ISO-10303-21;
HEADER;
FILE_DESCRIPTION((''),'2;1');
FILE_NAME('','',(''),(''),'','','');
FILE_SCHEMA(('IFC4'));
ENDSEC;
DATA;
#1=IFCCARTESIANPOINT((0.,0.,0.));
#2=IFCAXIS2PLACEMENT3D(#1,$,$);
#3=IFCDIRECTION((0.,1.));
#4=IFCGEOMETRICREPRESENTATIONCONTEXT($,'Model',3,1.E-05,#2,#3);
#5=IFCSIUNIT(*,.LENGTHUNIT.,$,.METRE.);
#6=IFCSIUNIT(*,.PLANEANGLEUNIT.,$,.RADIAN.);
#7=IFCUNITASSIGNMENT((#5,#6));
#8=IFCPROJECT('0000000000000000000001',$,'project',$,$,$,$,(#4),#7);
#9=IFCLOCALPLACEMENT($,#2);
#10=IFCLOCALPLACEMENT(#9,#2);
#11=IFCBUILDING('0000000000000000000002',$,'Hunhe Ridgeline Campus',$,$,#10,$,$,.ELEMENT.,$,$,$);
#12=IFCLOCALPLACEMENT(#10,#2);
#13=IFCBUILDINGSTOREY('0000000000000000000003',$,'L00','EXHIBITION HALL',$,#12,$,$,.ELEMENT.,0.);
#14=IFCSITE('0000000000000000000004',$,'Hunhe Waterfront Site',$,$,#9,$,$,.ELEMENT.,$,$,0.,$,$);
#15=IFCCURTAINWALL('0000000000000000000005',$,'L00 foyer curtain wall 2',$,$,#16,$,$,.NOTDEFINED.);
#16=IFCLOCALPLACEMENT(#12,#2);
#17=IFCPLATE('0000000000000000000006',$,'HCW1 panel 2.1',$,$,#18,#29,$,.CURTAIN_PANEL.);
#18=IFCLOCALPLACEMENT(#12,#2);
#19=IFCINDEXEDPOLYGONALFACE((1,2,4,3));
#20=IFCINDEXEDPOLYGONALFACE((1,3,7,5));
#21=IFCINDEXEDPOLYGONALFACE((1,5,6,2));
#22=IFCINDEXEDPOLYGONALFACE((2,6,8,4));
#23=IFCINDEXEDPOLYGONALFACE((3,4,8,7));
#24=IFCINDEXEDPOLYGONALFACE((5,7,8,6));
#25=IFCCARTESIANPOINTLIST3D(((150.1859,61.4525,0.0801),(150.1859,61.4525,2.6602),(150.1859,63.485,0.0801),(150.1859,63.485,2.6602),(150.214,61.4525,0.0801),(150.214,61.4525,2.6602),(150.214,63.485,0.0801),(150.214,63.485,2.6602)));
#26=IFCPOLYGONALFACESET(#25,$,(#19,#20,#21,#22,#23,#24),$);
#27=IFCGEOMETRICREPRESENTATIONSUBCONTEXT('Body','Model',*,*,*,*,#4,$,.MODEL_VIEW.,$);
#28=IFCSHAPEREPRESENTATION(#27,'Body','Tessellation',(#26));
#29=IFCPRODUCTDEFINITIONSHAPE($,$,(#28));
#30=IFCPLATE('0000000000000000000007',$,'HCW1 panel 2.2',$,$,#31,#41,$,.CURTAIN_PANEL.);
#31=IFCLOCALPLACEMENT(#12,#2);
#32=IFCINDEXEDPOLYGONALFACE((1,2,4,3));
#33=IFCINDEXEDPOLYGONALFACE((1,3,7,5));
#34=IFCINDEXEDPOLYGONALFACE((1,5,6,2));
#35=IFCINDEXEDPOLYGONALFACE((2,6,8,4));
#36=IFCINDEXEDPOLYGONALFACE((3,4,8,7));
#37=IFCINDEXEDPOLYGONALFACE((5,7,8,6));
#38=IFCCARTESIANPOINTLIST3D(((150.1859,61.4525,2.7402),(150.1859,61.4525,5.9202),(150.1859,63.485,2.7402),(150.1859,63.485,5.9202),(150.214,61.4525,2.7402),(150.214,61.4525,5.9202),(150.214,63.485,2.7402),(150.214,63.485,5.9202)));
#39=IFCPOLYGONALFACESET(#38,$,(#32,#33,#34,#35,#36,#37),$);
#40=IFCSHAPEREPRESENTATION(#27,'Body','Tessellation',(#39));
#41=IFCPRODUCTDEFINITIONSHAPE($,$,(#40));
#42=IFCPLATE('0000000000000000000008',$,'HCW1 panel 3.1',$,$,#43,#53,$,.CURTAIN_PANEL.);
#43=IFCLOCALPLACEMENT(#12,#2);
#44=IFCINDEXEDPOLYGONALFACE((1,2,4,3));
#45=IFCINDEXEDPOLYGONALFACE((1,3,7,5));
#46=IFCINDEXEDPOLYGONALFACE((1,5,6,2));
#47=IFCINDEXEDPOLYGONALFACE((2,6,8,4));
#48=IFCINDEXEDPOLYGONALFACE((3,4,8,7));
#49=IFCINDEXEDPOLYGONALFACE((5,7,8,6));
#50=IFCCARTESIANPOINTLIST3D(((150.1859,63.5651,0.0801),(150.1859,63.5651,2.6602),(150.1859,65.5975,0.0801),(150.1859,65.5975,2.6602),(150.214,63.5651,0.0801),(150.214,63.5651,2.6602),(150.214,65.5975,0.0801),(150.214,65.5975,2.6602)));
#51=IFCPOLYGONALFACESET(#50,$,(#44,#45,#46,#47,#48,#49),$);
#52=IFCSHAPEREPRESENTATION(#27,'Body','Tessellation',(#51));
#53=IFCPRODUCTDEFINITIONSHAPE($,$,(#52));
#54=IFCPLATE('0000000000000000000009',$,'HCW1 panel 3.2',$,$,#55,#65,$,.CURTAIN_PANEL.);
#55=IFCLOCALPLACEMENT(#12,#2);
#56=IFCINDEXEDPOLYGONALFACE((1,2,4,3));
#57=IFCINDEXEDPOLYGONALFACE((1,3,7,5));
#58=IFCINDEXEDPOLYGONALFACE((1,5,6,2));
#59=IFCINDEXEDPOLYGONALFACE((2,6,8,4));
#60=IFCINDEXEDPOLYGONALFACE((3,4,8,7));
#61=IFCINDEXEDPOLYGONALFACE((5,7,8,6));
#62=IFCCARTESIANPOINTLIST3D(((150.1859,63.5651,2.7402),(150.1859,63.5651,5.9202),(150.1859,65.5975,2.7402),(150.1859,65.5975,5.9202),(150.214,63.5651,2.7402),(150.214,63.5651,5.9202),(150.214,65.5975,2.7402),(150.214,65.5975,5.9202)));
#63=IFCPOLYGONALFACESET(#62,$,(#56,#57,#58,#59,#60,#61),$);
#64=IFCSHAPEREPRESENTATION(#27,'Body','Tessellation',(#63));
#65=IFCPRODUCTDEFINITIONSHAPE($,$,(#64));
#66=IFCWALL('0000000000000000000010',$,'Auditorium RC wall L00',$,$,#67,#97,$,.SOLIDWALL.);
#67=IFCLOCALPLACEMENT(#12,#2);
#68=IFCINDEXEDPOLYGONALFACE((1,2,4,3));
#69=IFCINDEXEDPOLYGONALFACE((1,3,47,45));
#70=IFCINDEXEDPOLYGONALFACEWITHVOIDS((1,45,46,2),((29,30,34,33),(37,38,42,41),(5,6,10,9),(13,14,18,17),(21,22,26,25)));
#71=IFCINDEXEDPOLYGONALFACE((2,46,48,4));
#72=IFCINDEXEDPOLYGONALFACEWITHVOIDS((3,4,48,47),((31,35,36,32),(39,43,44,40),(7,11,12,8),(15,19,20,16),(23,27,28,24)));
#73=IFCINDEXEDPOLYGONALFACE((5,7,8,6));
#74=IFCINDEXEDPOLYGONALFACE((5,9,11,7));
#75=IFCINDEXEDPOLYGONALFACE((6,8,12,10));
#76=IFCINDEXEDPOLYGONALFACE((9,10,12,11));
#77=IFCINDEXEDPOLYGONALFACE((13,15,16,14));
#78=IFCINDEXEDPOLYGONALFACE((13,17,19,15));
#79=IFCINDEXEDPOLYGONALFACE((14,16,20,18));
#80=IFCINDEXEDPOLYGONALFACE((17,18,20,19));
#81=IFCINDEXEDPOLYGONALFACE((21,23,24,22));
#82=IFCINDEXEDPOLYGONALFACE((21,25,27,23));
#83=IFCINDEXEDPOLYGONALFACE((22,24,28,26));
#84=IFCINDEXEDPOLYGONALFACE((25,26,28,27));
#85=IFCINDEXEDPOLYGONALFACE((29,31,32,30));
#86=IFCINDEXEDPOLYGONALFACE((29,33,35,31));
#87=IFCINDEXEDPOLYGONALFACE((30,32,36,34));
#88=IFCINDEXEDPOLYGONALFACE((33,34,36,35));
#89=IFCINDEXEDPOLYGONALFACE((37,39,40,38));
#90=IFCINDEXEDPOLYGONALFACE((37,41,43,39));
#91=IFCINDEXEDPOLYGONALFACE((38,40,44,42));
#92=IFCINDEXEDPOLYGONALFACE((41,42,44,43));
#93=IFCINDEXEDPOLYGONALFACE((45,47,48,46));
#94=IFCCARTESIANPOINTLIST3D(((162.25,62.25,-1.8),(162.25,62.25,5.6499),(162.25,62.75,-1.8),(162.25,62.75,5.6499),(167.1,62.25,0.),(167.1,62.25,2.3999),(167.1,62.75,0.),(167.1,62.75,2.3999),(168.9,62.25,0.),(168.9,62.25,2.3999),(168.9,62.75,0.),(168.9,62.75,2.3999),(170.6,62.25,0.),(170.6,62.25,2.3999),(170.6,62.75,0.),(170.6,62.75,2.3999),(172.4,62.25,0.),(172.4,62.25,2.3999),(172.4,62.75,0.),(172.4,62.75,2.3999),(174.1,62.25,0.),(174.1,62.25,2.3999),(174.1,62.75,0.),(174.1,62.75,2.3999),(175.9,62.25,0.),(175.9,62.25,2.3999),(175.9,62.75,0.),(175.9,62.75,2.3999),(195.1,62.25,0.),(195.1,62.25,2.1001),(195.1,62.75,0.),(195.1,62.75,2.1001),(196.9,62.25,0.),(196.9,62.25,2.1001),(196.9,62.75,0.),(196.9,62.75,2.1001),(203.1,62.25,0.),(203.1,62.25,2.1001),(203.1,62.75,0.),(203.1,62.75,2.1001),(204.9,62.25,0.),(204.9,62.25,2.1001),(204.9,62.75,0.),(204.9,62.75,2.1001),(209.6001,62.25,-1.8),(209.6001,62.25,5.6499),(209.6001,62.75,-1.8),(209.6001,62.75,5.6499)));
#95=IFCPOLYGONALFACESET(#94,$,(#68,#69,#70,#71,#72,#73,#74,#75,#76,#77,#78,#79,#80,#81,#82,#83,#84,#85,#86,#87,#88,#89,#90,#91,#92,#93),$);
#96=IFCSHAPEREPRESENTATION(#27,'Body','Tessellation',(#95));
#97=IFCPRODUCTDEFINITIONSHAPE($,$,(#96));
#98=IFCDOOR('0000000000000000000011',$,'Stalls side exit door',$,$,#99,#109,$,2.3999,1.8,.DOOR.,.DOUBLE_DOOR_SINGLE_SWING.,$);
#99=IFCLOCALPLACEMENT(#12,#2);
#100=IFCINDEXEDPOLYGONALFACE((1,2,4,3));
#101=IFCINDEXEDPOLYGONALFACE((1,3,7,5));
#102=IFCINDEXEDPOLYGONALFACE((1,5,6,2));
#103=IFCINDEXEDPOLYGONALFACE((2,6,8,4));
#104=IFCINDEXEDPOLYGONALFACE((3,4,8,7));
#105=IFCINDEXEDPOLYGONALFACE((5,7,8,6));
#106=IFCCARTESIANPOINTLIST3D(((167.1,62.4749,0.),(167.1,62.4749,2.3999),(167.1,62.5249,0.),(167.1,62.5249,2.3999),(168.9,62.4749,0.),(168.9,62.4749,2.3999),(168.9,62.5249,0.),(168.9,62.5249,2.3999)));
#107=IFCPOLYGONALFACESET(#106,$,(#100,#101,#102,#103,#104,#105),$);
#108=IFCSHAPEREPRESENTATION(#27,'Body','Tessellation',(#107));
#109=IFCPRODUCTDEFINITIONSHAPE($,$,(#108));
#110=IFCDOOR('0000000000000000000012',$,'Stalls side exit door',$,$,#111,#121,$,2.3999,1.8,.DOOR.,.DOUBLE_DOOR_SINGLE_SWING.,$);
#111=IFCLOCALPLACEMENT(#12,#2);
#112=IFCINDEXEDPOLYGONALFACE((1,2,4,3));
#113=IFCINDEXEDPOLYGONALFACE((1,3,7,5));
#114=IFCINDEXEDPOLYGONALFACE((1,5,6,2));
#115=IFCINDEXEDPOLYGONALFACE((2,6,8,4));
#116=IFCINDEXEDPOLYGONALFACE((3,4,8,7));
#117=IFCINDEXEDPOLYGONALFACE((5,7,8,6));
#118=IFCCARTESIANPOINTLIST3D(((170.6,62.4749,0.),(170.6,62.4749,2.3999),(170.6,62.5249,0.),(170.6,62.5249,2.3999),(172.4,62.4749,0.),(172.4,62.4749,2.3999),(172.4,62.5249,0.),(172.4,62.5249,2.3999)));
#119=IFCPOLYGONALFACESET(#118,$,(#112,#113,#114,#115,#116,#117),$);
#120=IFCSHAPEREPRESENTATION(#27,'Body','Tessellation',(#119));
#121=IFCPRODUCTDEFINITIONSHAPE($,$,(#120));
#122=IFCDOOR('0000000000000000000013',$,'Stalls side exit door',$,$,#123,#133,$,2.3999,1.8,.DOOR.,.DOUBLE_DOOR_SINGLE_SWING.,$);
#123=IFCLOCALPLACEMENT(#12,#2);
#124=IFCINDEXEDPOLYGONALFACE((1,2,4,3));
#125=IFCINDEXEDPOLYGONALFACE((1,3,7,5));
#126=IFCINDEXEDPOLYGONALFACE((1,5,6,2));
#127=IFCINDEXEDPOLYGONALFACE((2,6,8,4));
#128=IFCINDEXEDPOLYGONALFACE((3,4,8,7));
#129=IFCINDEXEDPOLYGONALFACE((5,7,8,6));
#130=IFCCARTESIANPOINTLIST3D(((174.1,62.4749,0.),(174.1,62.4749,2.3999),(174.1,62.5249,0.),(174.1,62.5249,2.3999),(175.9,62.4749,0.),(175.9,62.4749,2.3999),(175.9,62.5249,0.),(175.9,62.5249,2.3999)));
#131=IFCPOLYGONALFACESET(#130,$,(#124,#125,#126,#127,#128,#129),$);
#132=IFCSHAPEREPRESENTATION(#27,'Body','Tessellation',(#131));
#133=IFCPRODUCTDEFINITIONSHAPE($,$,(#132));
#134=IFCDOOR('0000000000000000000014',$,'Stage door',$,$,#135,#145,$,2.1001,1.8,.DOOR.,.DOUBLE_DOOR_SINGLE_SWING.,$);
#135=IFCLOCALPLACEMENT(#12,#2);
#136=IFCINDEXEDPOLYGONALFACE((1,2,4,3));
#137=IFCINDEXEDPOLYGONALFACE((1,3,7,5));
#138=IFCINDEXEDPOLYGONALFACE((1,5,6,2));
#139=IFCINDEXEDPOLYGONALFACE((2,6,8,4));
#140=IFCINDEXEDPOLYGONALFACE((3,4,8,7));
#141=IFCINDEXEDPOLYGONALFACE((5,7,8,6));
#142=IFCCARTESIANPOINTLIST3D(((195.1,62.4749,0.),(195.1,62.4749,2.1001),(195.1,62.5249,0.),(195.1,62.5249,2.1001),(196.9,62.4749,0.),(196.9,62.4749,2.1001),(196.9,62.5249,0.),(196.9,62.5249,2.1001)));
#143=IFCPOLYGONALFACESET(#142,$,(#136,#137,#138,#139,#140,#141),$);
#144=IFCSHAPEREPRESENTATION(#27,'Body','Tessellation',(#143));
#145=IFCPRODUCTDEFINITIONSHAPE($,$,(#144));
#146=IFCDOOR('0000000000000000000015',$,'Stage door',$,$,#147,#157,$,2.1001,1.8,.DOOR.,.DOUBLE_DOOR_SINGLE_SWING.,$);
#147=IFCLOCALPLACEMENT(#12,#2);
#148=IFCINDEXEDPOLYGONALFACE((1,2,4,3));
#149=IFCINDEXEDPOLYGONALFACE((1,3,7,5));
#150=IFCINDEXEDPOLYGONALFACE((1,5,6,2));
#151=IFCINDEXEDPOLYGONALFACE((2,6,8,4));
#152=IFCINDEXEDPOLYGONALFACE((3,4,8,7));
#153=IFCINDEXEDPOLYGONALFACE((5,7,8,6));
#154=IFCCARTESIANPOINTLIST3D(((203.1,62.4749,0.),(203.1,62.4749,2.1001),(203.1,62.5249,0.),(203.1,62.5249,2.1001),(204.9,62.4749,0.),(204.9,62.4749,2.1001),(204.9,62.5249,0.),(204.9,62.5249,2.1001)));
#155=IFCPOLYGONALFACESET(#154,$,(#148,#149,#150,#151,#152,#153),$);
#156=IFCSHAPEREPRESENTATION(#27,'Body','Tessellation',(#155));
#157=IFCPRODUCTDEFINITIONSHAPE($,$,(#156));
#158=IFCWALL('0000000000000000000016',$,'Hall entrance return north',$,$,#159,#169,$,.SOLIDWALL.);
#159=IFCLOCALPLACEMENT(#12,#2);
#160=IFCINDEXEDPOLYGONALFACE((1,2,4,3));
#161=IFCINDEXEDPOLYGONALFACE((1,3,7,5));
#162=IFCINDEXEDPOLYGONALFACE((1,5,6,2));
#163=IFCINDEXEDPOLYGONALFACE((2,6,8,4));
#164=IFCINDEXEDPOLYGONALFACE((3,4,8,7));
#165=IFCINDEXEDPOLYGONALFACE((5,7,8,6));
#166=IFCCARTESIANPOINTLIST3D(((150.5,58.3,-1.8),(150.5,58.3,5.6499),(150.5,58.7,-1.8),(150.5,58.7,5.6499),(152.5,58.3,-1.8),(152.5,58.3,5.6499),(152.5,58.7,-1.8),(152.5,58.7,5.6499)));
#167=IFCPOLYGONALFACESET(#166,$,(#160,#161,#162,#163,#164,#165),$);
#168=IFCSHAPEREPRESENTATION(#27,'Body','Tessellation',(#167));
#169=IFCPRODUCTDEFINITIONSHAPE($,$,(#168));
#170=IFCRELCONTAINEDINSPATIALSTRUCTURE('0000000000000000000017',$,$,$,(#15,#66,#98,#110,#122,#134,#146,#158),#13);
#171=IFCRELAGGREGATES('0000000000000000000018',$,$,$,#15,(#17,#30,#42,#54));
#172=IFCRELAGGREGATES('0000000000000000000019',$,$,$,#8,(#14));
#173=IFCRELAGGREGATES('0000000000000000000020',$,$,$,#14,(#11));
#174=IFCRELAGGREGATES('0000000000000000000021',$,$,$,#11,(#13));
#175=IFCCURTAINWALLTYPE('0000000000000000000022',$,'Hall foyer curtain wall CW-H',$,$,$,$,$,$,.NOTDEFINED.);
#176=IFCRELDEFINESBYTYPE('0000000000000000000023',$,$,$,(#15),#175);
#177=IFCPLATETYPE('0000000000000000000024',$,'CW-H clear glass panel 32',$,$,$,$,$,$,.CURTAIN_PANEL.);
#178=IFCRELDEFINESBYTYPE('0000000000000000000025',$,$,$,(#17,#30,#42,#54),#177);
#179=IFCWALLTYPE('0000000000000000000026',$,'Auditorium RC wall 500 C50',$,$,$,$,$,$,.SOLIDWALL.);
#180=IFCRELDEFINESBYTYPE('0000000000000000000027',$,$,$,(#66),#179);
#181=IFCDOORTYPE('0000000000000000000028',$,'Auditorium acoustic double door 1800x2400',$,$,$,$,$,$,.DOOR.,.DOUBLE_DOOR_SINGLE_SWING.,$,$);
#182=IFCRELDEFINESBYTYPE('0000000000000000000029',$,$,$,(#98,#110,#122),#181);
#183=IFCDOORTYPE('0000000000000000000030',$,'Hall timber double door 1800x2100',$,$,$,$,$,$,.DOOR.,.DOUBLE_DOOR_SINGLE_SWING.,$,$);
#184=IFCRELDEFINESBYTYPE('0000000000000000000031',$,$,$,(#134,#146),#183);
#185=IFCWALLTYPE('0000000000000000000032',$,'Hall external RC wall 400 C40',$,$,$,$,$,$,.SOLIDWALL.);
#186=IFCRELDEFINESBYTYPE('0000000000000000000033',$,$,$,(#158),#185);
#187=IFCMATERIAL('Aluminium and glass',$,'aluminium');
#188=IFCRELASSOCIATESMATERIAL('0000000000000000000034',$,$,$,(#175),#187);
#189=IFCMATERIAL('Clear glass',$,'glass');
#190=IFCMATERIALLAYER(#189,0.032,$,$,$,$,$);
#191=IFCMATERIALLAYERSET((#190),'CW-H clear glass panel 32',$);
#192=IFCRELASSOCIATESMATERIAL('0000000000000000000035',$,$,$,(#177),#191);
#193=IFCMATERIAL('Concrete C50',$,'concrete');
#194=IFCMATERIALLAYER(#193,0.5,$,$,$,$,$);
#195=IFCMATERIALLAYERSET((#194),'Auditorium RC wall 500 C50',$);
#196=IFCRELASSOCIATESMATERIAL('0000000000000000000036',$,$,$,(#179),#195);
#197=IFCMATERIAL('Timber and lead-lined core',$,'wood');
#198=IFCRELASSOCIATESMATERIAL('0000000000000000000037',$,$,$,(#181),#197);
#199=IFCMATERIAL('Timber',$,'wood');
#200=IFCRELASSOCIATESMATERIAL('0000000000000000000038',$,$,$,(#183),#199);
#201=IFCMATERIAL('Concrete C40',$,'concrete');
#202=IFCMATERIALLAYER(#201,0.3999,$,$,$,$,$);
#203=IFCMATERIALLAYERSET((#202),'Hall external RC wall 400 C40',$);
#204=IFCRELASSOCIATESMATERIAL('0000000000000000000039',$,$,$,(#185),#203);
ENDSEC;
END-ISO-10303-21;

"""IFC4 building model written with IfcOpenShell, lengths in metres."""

from ifc_helpers import new_model, si_unit, direction, frame, frame_2d, origin, origin_2d, place, context, subcontext, project, spatial, rectangle, extrude, material, layer, layer_set, type_object, element, fill, aggregate, save


model = new_model("IFC4")

# Units and contexts
model_context = context("Model", 3, precision=1e-05, world=origin(), true_north=direction((0.0, 1.0)))
body_context = subcontext(model_context, "Body", "Model", "MODEL_VIEW")
ifc_project = project(units=[si_unit("LENGTHUNIT", "METRE"), si_unit("PLANEANGLEUNIT", "RADIAN")], contexts=[model_context])

# Site, building, storey
site_placement = place(None, origin())
site = spatial("IfcSite", under=ifc_project, at=site_placement, Name="Hunhe Waterfront Site", CompositionType="ELEMENT", RefElevation=0.0)
building_placement = place(site_placement, origin())
building = spatial("IfcBuilding", under=site, at=building_placement, Name="Hunhe Ridgeline Campus", CompositionType="ELEMENT")
storey_placement = place(building_placement, origin())
storey = spatial("IfcBuildingStorey", under=building, at=storey_placement, Name="L00", Description="EXHIBITION HALL", CompositionType="ELEMENT", Elevation=0.0)

# Shared definitions
ifc_material_1 = material(Name="Concrete C50", Category="concrete")

# Curtain wall, plates
ifc_material_2 = material(Name="Aluminium and glass", Category="aluminium")
curtain_wall_type = type_object("IfcCurtainWallType", Name="Hall foyer curtain wall CW-H", PredefinedType="NOTDEFINED", material=ifc_material_2)
curtain_wall_placement = place(storey_placement, origin())
curtain_wall = element("IfcCurtainWall", 1, at=curtain_wall_placement, inside=storey, type_object=curtain_wall_type, Name="L00 foyer curtain wall 2", PredefinedType="NOTDEFINED")
ifc_material_3 = material(Name="Clear glass", Category="glass")
ifc_layer_1 = layer(ifc_material_3, 0.032)
ifc_layer_set_1 = layer_set([ifc_layer_1], Name="CW-H clear glass panel 32")
plate_type = type_object("IfcPlateType", Name="CW-H clear glass panel 32", PredefinedType="CURTAIN_PANEL", material=ifc_layer_set_1)
plate_1_placement = place(storey_placement, frame((150.2, 62.4688, 0.0801), z_axis=(0.0, 0.0, 1.0), x_axis=(0.0, 1.0, 0.0)))
plate_1 = element("IfcPlate", 2, at=plate_1_placement, type_object=plate_type, Name="HCW1 panel 2.1", PredefinedType="CURTAIN_PANEL", context=body_context, shape_type="SweptSolid", body=[
    extrude(rectangle(XDim=2.0325, YDim=0.0281, at=origin_2d()), origin(), (0.0, 0.0, 1.0), 2.5801),
])
plate_2_placement = place(storey_placement, frame((150.2, 62.4688, 2.7402), z_axis=(0.0, 0.0, 1.0), x_axis=(0.0, 1.0, 0.0)))
plate_2 = element("IfcPlate", 3, at=plate_2_placement, type_object=plate_type, Name="HCW1 panel 2.2", PredefinedType="CURTAIN_PANEL", context=body_context, shape_type="SweptSolid", body=[
    extrude(rectangle(XDim=2.0325, YDim=0.0281, at=origin_2d()), origin(), (0.0, 0.0, 1.0), 3.1799),
])
plate_3_placement = place(storey_placement, frame((150.2, 64.5813, 0.0801), z_axis=(0.0, 0.0, 1.0), x_axis=(0.0, 1.0, 0.0)))
plate_3 = element("IfcPlate", 4, at=plate_3_placement, type_object=plate_type, Name="HCW1 panel 3.1", PredefinedType="CURTAIN_PANEL", context=body_context, shape_type="SweptSolid", body=[
    extrude(rectangle(XDim=2.0325, YDim=0.0281, at=origin_2d()), origin(), (0.0, 0.0, 1.0), 2.5801),
])
plate_4_placement = place(storey_placement, frame((150.2, 64.5813, 2.7402), z_axis=(0.0, 0.0, 1.0), x_axis=(0.0, 1.0, 0.0)))
plate_4 = element("IfcPlate", 5, at=plate_4_placement, type_object=plate_type, Name="HCW1 panel 3.2", PredefinedType="CURTAIN_PANEL", context=body_context, shape_type="SweptSolid", body=[
    extrude(rectangle(XDim=2.0325, YDim=0.0281, at=origin_2d()), origin(), (0.0, 0.0, 1.0), 3.1799),
])
aggregate(curtain_wall, [plate_1, plate_2, plate_3, plate_4])

# Wall, openings, doors
ifc_layer_2 = layer(ifc_material_1, 0.5)
ifc_layer_set_2 = layer_set([ifc_layer_2], Name="Auditorium RC wall 500 C50")
wall_type_1 = type_object("IfcWallType", Name="Auditorium RC wall 500 C50", PredefinedType="SOLIDWALL", material=ifc_layer_set_2)
wall_1_placement = place(storey_placement, frame((162.25, 62.5, -1.8), z_axis=(0.0, 0.0, 1.0), x_axis=(1.0, 0.0, 0.0)))
wall_1 = element("IfcWall", 6, at=wall_1_placement, inside=storey, type_object=wall_type_1, Name="Auditorium RC wall L00", PredefinedType="SOLIDWALL", context=body_context, shape_type="SweptSolid", body=[
    extrude(rectangle(XDim=47.3501, YDim=0.5, at=frame_2d((23.675, 0.0))), origin(), (0.0, 0.0, 1.0), 7.45),
])
opening_1_placement = place(wall_1_placement, frame((4.8501, 0.0, 1.8)))
opening_1 = element("IfcOpeningElement", 7, at=opening_1_placement, cuts=wall_1, PredefinedType="OPENING", context=body_context, shape_type="SweptSolid", body=[
    extrude(rectangle(XDim=1.8, YDim=2.3999, at=frame_2d((0.8999, 1.2))), frame((0.0, 0.25, 0.0), z_axis=(0.0, -1.0, 0.0), x_axis=(1.0, 0.0, 0.0)), (0.0, 0.0, 1.0), 0.5),
])
opening_2_placement = place(wall_1_placement, frame((8.3501, 0.0, 1.8)))
opening_2 = element("IfcOpeningElement", 8, at=opening_2_placement, cuts=wall_1, PredefinedType="OPENING", context=body_context, shape_type="SweptSolid", body=[
    extrude(rectangle(XDim=1.8, YDim=2.3999, at=frame_2d((0.8999, 1.2))), frame((0.0, 0.25, 0.0), z_axis=(0.0, -1.0, 0.0), x_axis=(1.0, 0.0, 0.0)), (0.0, 0.0, 1.0), 0.5),
])
opening_3_placement = place(wall_1_placement, frame((11.8501, 0.0, 1.8)))
opening_3 = element("IfcOpeningElement", 9, at=opening_3_placement, cuts=wall_1, PredefinedType="OPENING", context=body_context, shape_type="SweptSolid", body=[
    extrude(rectangle(XDim=1.8, YDim=2.3999, at=frame_2d((0.8999, 1.2))), frame((0.0, 0.25, 0.0), z_axis=(0.0, -1.0, 0.0), x_axis=(1.0, 0.0, 0.0)), (0.0, 0.0, 1.0), 0.5),
])
opening_4_placement = place(wall_1_placement, frame((32.8501, 0.0, 1.8)))
opening_4 = element("IfcOpeningElement", 10, at=opening_4_placement, cuts=wall_1, PredefinedType="OPENING", context=body_context, shape_type="SweptSolid", body=[
    extrude(rectangle(XDim=1.8, YDim=2.1001, at=frame_2d((0.8999, 1.05))), frame((0.0, 0.25, 0.0), z_axis=(0.0, -1.0, 0.0), x_axis=(1.0, 0.0, 0.0)), (0.0, 0.0, 1.0), 0.5),
])
opening_5_placement = place(wall_1_placement, frame((40.8501, 0.0, 1.8)))
opening_5 = element("IfcOpeningElement", 11, at=opening_5_placement, cuts=wall_1, PredefinedType="OPENING", context=body_context, shape_type="SweptSolid", body=[
    extrude(rectangle(XDim=1.8, YDim=2.1001, at=frame_2d((0.8999, 1.05))), frame((0.0, 0.25, 0.0), z_axis=(0.0, -1.0, 0.0), x_axis=(1.0, 0.0, 0.0)), (0.0, 0.0, 1.0), 0.5),
])
ifc_material_4 = material(Name="Timber and lead-lined core", Category="wood")
door_type_1 = type_object("IfcDoorType", Name="Auditorium acoustic double door 1800x2400", OperationType="DOUBLE_DOOR_SINGLE_SWING", PredefinedType="DOOR", material=ifc_material_4)
door_1_placement = place(opening_1_placement, origin())
door_1 = element("IfcDoor", 12, at=door_1_placement, inside=storey, type_object=door_type_1, Name="Stalls side exit door", OperationType="DOUBLE_DOOR_SINGLE_SWING", OverallHeight=2.3999, OverallWidth=1.8, PredefinedType="DOOR", context=body_context, shape_type="SweptSolid", body=[
    extrude(rectangle(XDim=1.8, YDim=2.3999, at=frame_2d((0.8999, 1.2))), frame((0.0, 0.0249, 0.0), z_axis=(0.0, -1.0, 0.0), x_axis=(1.0, 0.0, 0.0)), (0.0, 0.0, 1.0), 0.05),
])
fill(opening_1, door_1)
door_2_placement = place(opening_2_placement, origin())
door_2 = element("IfcDoor", 13, at=door_2_placement, inside=storey, type_object=door_type_1, Name="Stalls side exit door", OperationType="DOUBLE_DOOR_SINGLE_SWING", OverallHeight=2.3999, OverallWidth=1.8, PredefinedType="DOOR", context=body_context, shape_type="SweptSolid", body=[
    extrude(rectangle(XDim=1.8, YDim=2.3999, at=frame_2d((0.8999, 1.2))), frame((0.0, 0.0249, 0.0), z_axis=(0.0, -1.0, 0.0), x_axis=(1.0, 0.0, 0.0)), (0.0, 0.0, 1.0), 0.05),
])
fill(opening_2, door_2)
door_3_placement = place(opening_3_placement, origin())
door_3 = element("IfcDoor", 14, at=door_3_placement, inside=storey, type_object=door_type_1, Name="Stalls side exit door", OperationType="DOUBLE_DOOR_SINGLE_SWING", OverallHeight=2.3999, OverallWidth=1.8, PredefinedType="DOOR", context=body_context, shape_type="SweptSolid", body=[
    extrude(rectangle(XDim=1.8, YDim=2.3999, at=frame_2d((0.8999, 1.2))), frame((0.0, 0.0249, 0.0), z_axis=(0.0, -1.0, 0.0), x_axis=(1.0, 0.0, 0.0)), (0.0, 0.0, 1.0), 0.05),
])
fill(opening_3, door_3)
ifc_material_5 = material(Name="Timber", Category="wood")
door_type_2 = type_object("IfcDoorType", Name="Hall timber double door 1800x2100", OperationType="DOUBLE_DOOR_SINGLE_SWING", PredefinedType="DOOR", material=ifc_material_5)
door_4_placement = place(opening_4_placement, origin())
door_4 = element("IfcDoor", 15, at=door_4_placement, inside=storey, type_object=door_type_2, Name="Stage door", OperationType="DOUBLE_DOOR_SINGLE_SWING", OverallHeight=2.1001, OverallWidth=1.8, PredefinedType="DOOR", context=body_context, shape_type="SweptSolid", body=[
    extrude(rectangle(XDim=1.8, YDim=2.1001, at=frame_2d((0.8999, 1.05))), frame((0.0, 0.0249, 0.0), z_axis=(0.0, -1.0, 0.0), x_axis=(1.0, 0.0, 0.0)), (0.0, 0.0, 1.0), 0.05),
])
fill(opening_4, door_4)
door_5_placement = place(opening_5_placement, origin())
door_5 = element("IfcDoor", 16, at=door_5_placement, inside=storey, type_object=door_type_2, Name="Stage door", OperationType="DOUBLE_DOOR_SINGLE_SWING", OverallHeight=2.1001, OverallWidth=1.8, PredefinedType="DOOR", context=body_context, shape_type="SweptSolid", body=[
    extrude(rectangle(XDim=1.8, YDim=2.1001, at=frame_2d((0.8999, 1.05))), frame((0.0, 0.0249, 0.0), z_axis=(0.0, -1.0, 0.0), x_axis=(1.0, 0.0, 0.0)), (0.0, 0.0, 1.0), 0.05),
])
fill(opening_5, door_5)

# Wall
ifc_material_6 = material(Name="Concrete C40", Category="concrete")
ifc_layer_3 = layer(ifc_material_6, 0.3999)
ifc_layer_set_3 = layer_set([ifc_layer_3], Name="Hall external RC wall 400 C40")
wall_type_2 = type_object("IfcWallType", Name="Hall external RC wall 400 C40", PredefinedType="SOLIDWALL", material=ifc_layer_set_3)
wall_2_placement = place(storey_placement, frame((152.5, 58.5, -1.8), z_axis=(0.0, 0.0, 1.0), x_axis=(-1.0, 0.0, 0.0)))
element("IfcWall", 17, at=wall_2_placement, inside=storey, type_object=wall_type_2, Name="Hall entrance return north", PredefinedType="SOLIDWALL", context=body_context, shape_type="SweptSolid", body=[
    extrude(rectangle(XDim=2.0, YDim=0.3999, at=frame_2d((1.0, 0.0))), origin(), (0.0, 0.0, 1.0), 7.45),
])

save(model, "model.ifc")
